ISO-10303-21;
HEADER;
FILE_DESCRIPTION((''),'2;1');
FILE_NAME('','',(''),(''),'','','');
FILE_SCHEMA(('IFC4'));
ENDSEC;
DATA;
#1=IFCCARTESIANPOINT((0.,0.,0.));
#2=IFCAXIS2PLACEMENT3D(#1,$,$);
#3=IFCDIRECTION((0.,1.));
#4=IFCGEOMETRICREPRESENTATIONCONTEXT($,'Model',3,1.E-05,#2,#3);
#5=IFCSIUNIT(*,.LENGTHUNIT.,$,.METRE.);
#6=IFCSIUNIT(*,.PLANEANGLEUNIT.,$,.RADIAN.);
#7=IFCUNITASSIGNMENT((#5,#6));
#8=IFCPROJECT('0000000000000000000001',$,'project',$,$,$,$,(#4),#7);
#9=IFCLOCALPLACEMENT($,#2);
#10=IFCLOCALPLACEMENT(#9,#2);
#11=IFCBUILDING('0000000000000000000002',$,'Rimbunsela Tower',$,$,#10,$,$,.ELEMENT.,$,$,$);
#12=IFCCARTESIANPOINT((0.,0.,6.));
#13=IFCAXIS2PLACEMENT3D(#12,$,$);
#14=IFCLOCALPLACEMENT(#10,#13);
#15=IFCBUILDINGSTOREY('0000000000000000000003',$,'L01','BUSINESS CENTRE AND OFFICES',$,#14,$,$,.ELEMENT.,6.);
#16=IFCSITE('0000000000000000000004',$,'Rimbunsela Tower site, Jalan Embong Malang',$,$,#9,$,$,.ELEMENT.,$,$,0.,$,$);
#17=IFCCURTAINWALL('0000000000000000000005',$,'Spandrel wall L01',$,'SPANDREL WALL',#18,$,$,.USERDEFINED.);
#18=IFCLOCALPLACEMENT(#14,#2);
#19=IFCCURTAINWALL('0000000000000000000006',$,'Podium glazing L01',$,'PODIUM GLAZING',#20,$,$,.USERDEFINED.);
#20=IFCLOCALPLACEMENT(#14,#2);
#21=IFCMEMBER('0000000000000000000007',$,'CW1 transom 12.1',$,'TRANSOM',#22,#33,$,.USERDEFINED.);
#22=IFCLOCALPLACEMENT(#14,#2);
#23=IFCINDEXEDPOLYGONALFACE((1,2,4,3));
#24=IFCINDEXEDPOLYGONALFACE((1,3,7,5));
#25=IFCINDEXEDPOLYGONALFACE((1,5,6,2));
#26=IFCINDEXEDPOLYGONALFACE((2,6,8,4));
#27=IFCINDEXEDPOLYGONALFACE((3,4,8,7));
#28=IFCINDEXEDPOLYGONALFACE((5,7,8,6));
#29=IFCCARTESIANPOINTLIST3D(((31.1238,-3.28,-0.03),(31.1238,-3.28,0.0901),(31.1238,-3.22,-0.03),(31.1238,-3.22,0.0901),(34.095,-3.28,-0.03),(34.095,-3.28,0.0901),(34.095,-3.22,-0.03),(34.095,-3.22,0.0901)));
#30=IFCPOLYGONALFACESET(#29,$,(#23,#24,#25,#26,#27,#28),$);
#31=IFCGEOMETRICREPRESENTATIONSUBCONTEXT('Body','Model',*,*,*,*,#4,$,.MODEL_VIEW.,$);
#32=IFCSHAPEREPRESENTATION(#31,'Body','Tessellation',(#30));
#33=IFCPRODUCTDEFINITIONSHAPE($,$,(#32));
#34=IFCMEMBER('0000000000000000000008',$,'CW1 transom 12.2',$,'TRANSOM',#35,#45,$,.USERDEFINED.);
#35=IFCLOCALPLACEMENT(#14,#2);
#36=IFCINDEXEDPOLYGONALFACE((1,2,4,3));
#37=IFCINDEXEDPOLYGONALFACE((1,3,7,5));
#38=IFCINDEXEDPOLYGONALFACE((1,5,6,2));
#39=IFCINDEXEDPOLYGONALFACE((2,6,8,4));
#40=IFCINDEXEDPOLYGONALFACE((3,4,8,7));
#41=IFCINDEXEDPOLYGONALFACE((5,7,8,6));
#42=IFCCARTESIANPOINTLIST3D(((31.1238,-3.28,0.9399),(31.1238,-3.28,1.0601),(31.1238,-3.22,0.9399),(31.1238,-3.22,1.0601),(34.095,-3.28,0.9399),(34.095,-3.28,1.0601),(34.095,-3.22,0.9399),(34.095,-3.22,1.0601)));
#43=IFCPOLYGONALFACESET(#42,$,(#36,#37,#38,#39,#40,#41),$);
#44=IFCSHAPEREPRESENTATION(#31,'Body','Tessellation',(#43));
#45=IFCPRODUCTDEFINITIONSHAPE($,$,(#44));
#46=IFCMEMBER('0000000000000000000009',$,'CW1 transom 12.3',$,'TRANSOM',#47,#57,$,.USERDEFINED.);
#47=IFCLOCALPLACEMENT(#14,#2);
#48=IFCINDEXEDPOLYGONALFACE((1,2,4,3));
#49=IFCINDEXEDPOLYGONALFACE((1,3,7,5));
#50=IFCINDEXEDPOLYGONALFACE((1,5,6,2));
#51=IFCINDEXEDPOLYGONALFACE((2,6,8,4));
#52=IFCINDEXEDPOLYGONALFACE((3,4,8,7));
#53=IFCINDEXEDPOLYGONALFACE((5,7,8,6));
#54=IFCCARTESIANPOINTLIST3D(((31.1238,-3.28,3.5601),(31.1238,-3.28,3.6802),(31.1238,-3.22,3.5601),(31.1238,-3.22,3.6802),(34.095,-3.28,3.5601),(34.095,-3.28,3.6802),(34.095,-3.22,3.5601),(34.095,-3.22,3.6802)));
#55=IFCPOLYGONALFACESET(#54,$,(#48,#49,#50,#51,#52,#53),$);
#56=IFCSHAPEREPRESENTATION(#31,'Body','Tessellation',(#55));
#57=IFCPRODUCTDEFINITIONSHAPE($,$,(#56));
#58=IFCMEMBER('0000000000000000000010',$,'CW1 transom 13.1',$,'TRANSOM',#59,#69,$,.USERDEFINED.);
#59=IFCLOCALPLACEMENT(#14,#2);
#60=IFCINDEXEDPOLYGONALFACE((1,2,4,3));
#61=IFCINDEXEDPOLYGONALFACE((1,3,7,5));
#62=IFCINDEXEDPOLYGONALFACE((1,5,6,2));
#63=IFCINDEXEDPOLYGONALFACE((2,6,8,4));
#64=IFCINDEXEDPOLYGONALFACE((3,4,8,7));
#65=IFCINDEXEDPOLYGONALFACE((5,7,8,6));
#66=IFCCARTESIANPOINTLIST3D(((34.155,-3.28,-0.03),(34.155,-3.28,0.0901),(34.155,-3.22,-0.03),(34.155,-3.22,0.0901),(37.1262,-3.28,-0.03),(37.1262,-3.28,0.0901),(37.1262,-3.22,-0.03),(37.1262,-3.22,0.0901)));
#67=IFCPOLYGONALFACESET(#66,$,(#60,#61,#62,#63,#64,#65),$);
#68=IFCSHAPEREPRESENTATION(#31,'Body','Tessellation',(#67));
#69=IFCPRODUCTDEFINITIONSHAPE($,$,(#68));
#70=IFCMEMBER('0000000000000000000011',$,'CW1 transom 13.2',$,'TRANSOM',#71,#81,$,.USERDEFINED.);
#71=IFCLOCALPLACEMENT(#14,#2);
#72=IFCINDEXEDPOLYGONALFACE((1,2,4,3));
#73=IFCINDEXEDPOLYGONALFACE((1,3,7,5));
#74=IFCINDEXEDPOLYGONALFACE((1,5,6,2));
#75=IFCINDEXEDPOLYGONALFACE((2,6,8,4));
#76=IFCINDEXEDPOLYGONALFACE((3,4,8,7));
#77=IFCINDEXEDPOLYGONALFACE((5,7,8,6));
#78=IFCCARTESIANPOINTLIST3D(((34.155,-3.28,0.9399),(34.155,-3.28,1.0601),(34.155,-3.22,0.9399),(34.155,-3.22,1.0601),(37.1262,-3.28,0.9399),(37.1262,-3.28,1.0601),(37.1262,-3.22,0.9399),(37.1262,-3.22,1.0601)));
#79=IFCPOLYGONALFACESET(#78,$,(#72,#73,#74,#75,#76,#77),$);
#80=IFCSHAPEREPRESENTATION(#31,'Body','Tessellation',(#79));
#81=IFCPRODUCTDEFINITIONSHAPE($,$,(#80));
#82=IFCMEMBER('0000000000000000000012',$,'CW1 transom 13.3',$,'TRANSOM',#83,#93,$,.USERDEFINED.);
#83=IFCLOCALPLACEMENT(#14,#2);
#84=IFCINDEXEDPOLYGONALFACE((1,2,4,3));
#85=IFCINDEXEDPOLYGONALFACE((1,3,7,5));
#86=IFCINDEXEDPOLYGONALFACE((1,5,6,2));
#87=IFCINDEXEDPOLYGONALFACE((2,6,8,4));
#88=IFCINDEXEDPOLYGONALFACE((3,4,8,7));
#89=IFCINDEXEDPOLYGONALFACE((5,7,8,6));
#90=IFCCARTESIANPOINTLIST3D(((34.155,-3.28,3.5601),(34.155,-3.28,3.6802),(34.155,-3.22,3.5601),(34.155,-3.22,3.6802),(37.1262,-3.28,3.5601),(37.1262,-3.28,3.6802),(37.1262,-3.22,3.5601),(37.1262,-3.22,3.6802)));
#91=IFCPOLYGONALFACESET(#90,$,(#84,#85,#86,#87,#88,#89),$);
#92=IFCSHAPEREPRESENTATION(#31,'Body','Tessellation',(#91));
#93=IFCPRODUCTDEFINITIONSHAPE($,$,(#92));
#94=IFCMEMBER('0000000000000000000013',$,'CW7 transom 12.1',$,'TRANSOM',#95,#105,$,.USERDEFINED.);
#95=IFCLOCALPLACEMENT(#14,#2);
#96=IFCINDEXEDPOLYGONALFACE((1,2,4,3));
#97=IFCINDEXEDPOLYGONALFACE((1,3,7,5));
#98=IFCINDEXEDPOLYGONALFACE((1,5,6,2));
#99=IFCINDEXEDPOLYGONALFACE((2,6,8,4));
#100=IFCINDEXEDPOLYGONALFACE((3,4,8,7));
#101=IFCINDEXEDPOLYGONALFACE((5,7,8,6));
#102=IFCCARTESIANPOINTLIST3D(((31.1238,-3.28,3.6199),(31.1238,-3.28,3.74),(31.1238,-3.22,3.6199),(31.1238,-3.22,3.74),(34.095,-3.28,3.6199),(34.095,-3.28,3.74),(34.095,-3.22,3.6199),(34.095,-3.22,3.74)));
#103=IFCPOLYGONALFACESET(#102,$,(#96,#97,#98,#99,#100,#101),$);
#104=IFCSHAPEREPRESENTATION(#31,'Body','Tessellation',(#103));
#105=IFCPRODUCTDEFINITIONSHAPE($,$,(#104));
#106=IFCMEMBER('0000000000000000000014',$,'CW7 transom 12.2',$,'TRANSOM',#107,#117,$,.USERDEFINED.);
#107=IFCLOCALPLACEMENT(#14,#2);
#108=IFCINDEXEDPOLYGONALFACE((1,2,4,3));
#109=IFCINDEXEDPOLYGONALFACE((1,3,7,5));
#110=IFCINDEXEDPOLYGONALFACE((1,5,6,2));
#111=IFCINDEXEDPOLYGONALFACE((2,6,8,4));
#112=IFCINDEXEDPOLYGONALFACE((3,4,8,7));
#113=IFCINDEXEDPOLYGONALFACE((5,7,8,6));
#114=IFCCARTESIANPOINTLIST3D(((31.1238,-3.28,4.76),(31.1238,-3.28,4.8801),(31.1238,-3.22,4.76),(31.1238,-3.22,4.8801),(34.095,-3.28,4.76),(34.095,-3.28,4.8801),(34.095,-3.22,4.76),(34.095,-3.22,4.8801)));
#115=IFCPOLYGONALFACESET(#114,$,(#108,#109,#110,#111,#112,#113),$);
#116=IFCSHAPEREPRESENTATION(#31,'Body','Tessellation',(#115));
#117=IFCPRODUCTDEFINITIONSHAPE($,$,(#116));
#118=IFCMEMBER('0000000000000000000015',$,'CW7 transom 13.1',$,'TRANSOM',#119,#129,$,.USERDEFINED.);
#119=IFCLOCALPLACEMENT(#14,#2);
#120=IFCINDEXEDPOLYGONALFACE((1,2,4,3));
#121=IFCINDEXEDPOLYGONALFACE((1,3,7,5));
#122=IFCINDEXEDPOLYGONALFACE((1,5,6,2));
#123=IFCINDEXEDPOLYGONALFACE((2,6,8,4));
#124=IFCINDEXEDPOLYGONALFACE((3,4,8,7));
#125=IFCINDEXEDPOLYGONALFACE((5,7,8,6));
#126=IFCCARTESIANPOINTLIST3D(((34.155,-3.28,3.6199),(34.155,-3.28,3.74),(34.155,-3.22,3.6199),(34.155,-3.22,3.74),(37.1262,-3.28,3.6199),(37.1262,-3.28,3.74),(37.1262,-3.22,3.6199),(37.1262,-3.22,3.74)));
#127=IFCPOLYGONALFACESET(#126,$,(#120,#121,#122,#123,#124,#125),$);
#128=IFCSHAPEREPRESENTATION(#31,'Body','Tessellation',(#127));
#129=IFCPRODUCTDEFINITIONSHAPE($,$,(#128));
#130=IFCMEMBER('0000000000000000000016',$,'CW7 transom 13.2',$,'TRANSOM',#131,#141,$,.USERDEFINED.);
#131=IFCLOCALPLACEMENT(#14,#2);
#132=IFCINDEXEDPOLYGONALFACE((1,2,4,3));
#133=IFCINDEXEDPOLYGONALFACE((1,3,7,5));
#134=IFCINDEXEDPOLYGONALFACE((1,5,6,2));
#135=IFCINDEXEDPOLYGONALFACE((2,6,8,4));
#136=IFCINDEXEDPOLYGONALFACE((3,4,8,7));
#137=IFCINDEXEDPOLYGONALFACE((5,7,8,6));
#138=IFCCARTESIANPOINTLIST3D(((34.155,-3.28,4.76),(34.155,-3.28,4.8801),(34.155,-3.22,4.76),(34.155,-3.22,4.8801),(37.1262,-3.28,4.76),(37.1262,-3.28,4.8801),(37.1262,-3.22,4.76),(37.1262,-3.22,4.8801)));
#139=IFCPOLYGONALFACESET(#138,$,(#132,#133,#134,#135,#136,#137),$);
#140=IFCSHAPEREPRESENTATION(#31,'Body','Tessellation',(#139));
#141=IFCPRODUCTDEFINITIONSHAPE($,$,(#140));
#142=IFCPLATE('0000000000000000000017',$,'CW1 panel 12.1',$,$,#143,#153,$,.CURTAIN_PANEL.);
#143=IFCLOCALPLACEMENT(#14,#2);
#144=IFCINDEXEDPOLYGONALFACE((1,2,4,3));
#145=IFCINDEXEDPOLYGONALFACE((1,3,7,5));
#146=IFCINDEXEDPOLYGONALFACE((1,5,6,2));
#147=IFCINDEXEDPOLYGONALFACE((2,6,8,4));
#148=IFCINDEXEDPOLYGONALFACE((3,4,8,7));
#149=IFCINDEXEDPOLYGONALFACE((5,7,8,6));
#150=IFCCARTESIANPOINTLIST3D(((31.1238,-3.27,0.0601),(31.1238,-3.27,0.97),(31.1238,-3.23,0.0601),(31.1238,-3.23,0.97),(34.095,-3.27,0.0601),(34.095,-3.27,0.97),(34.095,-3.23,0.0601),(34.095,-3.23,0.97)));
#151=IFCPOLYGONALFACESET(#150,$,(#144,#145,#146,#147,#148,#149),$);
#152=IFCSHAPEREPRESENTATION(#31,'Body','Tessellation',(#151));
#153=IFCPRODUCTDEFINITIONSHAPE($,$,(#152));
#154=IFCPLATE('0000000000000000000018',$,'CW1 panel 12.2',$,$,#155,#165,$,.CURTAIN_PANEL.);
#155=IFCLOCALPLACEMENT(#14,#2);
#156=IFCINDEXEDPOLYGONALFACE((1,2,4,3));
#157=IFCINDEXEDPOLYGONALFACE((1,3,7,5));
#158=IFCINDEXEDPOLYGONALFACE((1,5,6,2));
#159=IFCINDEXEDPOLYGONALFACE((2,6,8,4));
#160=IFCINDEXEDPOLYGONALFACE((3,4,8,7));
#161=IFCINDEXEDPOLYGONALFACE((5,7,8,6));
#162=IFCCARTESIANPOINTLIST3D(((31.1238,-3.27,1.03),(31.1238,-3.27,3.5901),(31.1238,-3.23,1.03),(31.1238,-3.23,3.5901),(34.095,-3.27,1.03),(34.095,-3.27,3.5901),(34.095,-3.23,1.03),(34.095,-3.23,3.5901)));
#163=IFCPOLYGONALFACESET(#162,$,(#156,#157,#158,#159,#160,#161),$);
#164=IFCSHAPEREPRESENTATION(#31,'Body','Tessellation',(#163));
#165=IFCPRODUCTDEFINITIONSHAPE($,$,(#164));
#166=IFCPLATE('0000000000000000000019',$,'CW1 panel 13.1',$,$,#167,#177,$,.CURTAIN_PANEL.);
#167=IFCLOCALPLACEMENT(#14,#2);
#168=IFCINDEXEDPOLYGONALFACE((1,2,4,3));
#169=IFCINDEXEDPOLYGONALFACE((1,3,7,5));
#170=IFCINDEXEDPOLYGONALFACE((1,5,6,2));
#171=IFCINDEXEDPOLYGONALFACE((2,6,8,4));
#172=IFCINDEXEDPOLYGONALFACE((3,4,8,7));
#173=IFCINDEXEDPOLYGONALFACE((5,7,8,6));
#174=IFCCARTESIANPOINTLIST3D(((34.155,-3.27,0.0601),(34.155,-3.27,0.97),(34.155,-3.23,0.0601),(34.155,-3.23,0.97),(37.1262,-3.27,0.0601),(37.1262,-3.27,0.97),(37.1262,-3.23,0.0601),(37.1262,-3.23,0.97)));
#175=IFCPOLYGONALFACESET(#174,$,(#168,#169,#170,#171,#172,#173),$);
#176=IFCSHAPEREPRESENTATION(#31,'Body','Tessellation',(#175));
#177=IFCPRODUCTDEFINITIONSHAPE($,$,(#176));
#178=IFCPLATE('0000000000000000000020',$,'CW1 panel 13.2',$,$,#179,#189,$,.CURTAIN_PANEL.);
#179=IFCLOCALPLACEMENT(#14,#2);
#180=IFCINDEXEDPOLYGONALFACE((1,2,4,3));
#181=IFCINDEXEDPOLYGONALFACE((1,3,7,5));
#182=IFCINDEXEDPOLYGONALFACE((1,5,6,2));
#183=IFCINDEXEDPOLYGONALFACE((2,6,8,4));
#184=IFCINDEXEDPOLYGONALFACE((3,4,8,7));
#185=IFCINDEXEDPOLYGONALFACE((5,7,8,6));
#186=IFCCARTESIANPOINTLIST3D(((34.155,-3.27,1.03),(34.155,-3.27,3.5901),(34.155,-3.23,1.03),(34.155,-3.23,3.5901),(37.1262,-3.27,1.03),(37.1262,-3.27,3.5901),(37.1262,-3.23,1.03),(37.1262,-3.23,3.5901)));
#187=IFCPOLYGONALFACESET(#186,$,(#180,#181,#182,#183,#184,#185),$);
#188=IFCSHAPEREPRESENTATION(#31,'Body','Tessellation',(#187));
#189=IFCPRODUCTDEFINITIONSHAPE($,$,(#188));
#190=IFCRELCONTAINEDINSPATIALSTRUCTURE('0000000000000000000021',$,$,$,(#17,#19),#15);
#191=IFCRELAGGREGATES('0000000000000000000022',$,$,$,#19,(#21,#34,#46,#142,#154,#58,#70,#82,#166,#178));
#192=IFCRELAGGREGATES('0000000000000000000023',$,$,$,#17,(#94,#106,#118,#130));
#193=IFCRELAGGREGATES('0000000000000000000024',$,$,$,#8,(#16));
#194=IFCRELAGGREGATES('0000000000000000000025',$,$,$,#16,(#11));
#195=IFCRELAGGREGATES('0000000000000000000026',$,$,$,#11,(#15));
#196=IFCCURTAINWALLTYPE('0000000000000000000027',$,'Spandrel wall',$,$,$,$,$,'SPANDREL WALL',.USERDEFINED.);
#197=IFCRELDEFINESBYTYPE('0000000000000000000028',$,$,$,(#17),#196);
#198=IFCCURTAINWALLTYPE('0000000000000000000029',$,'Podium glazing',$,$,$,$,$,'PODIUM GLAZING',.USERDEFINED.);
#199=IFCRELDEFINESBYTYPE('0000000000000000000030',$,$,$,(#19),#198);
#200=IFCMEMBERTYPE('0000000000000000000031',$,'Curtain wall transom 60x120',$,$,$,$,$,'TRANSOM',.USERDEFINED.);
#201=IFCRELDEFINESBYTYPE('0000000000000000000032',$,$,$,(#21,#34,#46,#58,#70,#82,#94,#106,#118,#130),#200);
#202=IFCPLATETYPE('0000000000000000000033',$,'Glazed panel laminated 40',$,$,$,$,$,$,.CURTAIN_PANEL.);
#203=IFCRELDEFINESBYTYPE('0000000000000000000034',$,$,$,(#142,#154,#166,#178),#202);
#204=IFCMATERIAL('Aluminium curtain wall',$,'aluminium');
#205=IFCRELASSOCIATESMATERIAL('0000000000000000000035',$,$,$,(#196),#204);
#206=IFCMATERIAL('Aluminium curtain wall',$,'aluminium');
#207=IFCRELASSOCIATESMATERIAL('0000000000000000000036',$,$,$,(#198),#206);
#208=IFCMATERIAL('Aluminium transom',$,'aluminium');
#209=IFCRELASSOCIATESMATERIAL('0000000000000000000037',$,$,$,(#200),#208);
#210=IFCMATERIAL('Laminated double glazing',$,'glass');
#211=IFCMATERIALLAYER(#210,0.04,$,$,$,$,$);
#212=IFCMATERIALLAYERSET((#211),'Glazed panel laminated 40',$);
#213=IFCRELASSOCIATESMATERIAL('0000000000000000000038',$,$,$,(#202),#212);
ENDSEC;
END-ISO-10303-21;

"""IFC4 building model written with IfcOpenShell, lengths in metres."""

from ifc_helpers import new_model, si_unit, direction, frame, origin, origin_2d, place, context, subcontext, project, spatial, rectangle, extrude, material, layer, layer_set, material_profile, profile_set, type_object, element, aggregate, save


model = new_model("IFC4")

# Units and contexts
model_context = context("Model", 3, precision=1e-05, world=origin(), true_north=direction((0.0, 1.0)))
body_context = subcontext(model_context, "Body", "Model", "MODEL_VIEW")
ifc_project = project(units=[si_unit("LENGTHUNIT", "METRE"), si_unit("PLANEANGLEUNIT", "RADIAN")], contexts=[model_context])

# Site, building, storey
site_placement = place(None, origin())
site = spatial("IfcSite", under=ifc_project, at=site_placement, Name="Rimbunsela Tower site, Jalan Embong Malang", CompositionType="ELEMENT", RefElevation=0.0)
building_placement = place(site_placement, origin())
building = spatial("IfcBuilding", under=site, at=building_placement, Name="Rimbunsela Tower", CompositionType="ELEMENT")
storey_placement = place(building_placement, frame((0.0, 0.0, 6.0)))
storey = spatial("IfcBuildingStorey", under=building, at=storey_placement, Name="L01", Description="BUSINESS CENTRE AND OFFICES", CompositionType="ELEMENT", Elevation=6.0)

# Curtain walls, members
ifc_material_1 = material(Name="Aluminium curtain wall", Category="aluminium")
curtain_wall_type_1 = type_object("IfcCurtainWallType", Name="Spandrel wall", ElementType="SPANDREL WALL", PredefinedType="USERDEFINED", material=ifc_material_1)
curtain_wall_1_placement = place(storey_placement, origin())
curtain_wall_1 = element("IfcCurtainWall", 1, at=curtain_wall_1_placement, inside=storey, type_object=curtain_wall_type_1, Name="Spandrel wall L01", ObjectType="SPANDREL WALL", PredefinedType="USERDEFINED")
ifc_material_2 = material(Name="Aluminium curtain wall", Category="aluminium")
curtain_wall_type_2 = type_object("IfcCurtainWallType", Name="Podium glazing", ElementType="PODIUM GLAZING", PredefinedType="USERDEFINED", material=ifc_material_2)
curtain_wall_2_placement = place(storey_placement, origin())
curtain_wall_2 = element("IfcCurtainWall", 2, at=curtain_wall_2_placement, inside=storey, type_object=curtain_wall_type_2, Name="Podium glazing L01", ObjectType="PODIUM GLAZING", PredefinedType="USERDEFINED")
ifc_material_3 = material(Name="Aluminium transom", Category="aluminium")
ifc_material_profile_1 = material_profile(ifc_material_3, rectangle(XDim=0.0601, YDim=0.1201, at=origin_2d()), Name="Transom 60x120")
ifc_profile_set_1 = profile_set([ifc_material_profile_1], Name="Aluminium transom")
member_type_1 = type_object("IfcMemberType", Name="Curtain wall transom 60x120", ElementType="TRANSOM", PredefinedType="USERDEFINED", material=ifc_profile_set_1)
member_1_placement = place(storey_placement, frame((31.1238, -3.25, 0.03), z_axis=(1.0, 0.0, 0.0), x_axis=(0.0, 1.0, 0.0)))
member_1 = element("IfcMember", 3, at=member_1_placement, type_object=member_type_1, Name="CW1 transom 12.1", ObjectType="TRANSOM", PredefinedType="USERDEFINED", context=body_context, shape_type="SweptSolid", body=[
    extrude(rectangle(XDim=0.0601, YDim=0.1201, at=origin_2d()), origin(), (0.0, 0.0, 1.0), 2.9712),
])
member_2_placement = place(storey_placement, frame((31.1238, -3.25, 1.0), z_axis=(1.0, 0.0, 0.0), x_axis=(0.0, 1.0, 0.0)))
member_2 = element("IfcMember", 4, at=member_2_placement, type_object=member_type_1, Name="CW1 transom 12.2", ObjectType="TRANSOM", PredefinedType="USERDEFINED", context=body_context, shape_type="SweptSolid", body=[
    extrude(rectangle(XDim=0.0601, YDim=0.1201, at=origin_2d()), origin(), (0.0, 0.0, 1.0), 2.9712),
])
member_3_placement = place(storey_placement, frame((31.1238, -3.25, 3.6201), z_axis=(1.0, 0.0, 0.0), x_axis=(0.0, 1.0, 0.0)))
member_3 = element("IfcMember", 5, at=member_3_placement, type_object=member_type_1, Name="CW1 transom 12.3", ObjectType="TRANSOM", PredefinedType="USERDEFINED", context=body_context, shape_type="SweptSolid", body=[
    extrude(rectangle(XDim=0.0601, YDim=0.1201, at=origin_2d()), origin(), (0.0, 0.0, 1.0), 2.9712),
])
member_4_placement = place(storey_placement, frame((34.155, -3.25, 0.03), z_axis=(1.0, 0.0, 0.0), x_axis=(0.0, 1.0, 0.0)))
member_4 = element("IfcMember", 6, at=member_4_placement, type_object=member_type_1, Name="CW1 transom 13.1", ObjectType="TRANSOM", PredefinedType="USERDEFINED", context=body_context, shape_type="SweptSolid", body=[
    extrude(rectangle(XDim=0.0601, YDim=0.1201, at=origin_2d()), origin(), (0.0, 0.0, 1.0), 2.9712),
])
member_5_placement = place(storey_placement, frame((34.155, -3.25, 1.0), z_axis=(1.0, 0.0, 0.0), x_axis=(0.0, 1.0, 0.0)))
member_5 = element("IfcMember", 7, at=member_5_placement, type_object=member_type_1, Name="CW1 transom 13.2", ObjectType="TRANSOM", PredefinedType="USERDEFINED", context=body_context, shape_type="SweptSolid", body=[
    extrude(rectangle(XDim=0.0601, YDim=0.1201, at=origin_2d()), origin(), (0.0, 0.0, 1.0), 2.9712),
])
member_6_placement = place(storey_placement, frame((34.155, -3.25, 3.6201), z_axis=(1.0, 0.0, 0.0), x_axis=(0.0, 1.0, 0.0)))
member_6 = element("IfcMember", 8, at=member_6_placement, type_object=member_type_1, Name="CW1 transom 13.3", ObjectType="TRANSOM", PredefinedType="USERDEFINED", context=body_context, shape_type="SweptSolid", body=[
    extrude(rectangle(XDim=0.0601, YDim=0.1201, at=origin_2d()), origin(), (0.0, 0.0, 1.0), 2.9712),
])

# Members
member_7_placement = place(storey_placement, frame((31.1238, -3.25, 3.6799), z_axis=(1.0, 0.0, 0.0), x_axis=(0.0, 1.0, 0.0)))
member_7 = element("IfcMember", 9, at=member_7_placement, type_object=member_type_1, Name="CW7 transom 12.1", ObjectType="TRANSOM", PredefinedType="USERDEFINED", context=body_context, shape_type="SweptSolid", body=[
    extrude(rectangle(XDim=0.0601, YDim=0.1201, at=origin_2d()), origin(), (0.0, 0.0, 1.0), 2.9712),
])
member_8_placement = place(storey_placement, frame((31.1238, -3.25, 4.8201), z_axis=(1.0, 0.0, 0.0), x_axis=(0.0, 1.0, 0.0)))
member_8 = element("IfcMember", 10, at=member_8_placement, type_object=member_type_1, Name="CW7 transom 12.2", ObjectType="TRANSOM", PredefinedType="USERDEFINED", context=body_context, shape_type="SweptSolid", body=[
    extrude(rectangle(XDim=0.0601, YDim=0.1201, at=origin_2d()), origin(), (0.0, 0.0, 1.0), 2.9712),
])
member_9_placement = place(storey_placement, frame((34.155, -3.25, 3.6799), z_axis=(1.0, 0.0, 0.0), x_axis=(0.0, 1.0, 0.0)))
member_9 = element("IfcMember", 11, at=member_9_placement, type_object=member_type_1, Name="CW7 transom 13.1", ObjectType="TRANSOM", PredefinedType="USERDEFINED", context=body_context, shape_type="SweptSolid", body=[
    extrude(rectangle(XDim=0.0601, YDim=0.1201, at=origin_2d()), origin(), (0.0, 0.0, 1.0), 2.9712),
])
member_10_placement = place(storey_placement, frame((34.155, -3.25, 4.8201), z_axis=(1.0, 0.0, 0.0), x_axis=(0.0, 1.0, 0.0)))
member_10 = element("IfcMember", 12, at=member_10_placement, type_object=member_type_1, Name="CW7 transom 13.2", ObjectType="TRANSOM", PredefinedType="USERDEFINED", context=body_context, shape_type="SweptSolid", body=[
    extrude(rectangle(XDim=0.0601, YDim=0.1201, at=origin_2d()), origin(), (0.0, 0.0, 1.0), 2.9712),
])

# Plates
ifc_material_4 = material(Name="Laminated double glazing", Category="glass")
ifc_layer_1 = layer(ifc_material_4, 0.04)
ifc_layer_set_1 = layer_set([ifc_layer_1], Name="Glazed panel laminated 40")
plate_type_1 = type_object("IfcPlateType", Name="Glazed panel laminated 40", PredefinedType="CURTAIN_PANEL", material=ifc_layer_set_1)
plate_1_placement = place(storey_placement, frame((32.6094, -3.25, 0.0601), z_axis=(0.0, 0.0, 1.0), x_axis=(1.0, 0.0, 0.0)))
plate_1 = element("IfcPlate", 13, at=plate_1_placement, type_object=plate_type_1, Name="CW1 panel 12.1", PredefinedType="CURTAIN_PANEL", context=body_context, shape_type="SweptSolid", body=[
    extrude(rectangle(XDim=2.9712, YDim=0.04, at=origin_2d()), origin(), (0.0, 0.0, 1.0), 0.9099),
])
plate_2_placement = place(storey_placement, frame((32.6094, -3.25, 1.03), z_axis=(0.0, 0.0, 1.0), x_axis=(1.0, 0.0, 0.0)))
plate_2 = element("IfcPlate", 14, at=plate_2_placement, type_object=plate_type_1, Name="CW1 panel 12.2", PredefinedType="CURTAIN_PANEL", context=body_context, shape_type="SweptSolid", body=[
    extrude(rectangle(XDim=2.9712, YDim=0.04, at=origin_2d()), origin(), (0.0, 0.0, 1.0), 2.5601),
])
plate_3_placement = place(storey_placement, frame((35.6406, -3.25, 0.0601), z_axis=(0.0, 0.0, 1.0), x_axis=(1.0, 0.0, 0.0)))
plate_3 = element("IfcPlate", 15, at=plate_3_placement, type_object=plate_type_1, Name="CW1 panel 13.1", PredefinedType="CURTAIN_PANEL", context=body_context, shape_type="SweptSolid", body=[
    extrude(rectangle(XDim=2.9712, YDim=0.04, at=origin_2d()), origin(), (0.0, 0.0, 1.0), 0.9099),
])
plate_4_placement = place(storey_placement, frame((35.6406, -3.25, 1.03), z_axis=(0.0, 0.0, 1.0), x_axis=(1.0, 0.0, 0.0)))
plate_4 = element("IfcPlate", 16, at=plate_4_placement, type_object=plate_type_1, Name="CW1 panel 13.2", PredefinedType="CURTAIN_PANEL", context=body_context, shape_type="SweptSolid", body=[
    extrude(rectangle(XDim=2.9712, YDim=0.04, at=origin_2d()), origin(), (0.0, 0.0, 1.0), 2.5601),
])
aggregate(curtain_wall_2, [member_1, member_2, member_3, plate_1, plate_2, member_4, member_5, member_6, plate_3, plate_4])
aggregate(curtain_wall_1, [member_7, member_8, member_9, member_10])

save(model, "model.ifc")
